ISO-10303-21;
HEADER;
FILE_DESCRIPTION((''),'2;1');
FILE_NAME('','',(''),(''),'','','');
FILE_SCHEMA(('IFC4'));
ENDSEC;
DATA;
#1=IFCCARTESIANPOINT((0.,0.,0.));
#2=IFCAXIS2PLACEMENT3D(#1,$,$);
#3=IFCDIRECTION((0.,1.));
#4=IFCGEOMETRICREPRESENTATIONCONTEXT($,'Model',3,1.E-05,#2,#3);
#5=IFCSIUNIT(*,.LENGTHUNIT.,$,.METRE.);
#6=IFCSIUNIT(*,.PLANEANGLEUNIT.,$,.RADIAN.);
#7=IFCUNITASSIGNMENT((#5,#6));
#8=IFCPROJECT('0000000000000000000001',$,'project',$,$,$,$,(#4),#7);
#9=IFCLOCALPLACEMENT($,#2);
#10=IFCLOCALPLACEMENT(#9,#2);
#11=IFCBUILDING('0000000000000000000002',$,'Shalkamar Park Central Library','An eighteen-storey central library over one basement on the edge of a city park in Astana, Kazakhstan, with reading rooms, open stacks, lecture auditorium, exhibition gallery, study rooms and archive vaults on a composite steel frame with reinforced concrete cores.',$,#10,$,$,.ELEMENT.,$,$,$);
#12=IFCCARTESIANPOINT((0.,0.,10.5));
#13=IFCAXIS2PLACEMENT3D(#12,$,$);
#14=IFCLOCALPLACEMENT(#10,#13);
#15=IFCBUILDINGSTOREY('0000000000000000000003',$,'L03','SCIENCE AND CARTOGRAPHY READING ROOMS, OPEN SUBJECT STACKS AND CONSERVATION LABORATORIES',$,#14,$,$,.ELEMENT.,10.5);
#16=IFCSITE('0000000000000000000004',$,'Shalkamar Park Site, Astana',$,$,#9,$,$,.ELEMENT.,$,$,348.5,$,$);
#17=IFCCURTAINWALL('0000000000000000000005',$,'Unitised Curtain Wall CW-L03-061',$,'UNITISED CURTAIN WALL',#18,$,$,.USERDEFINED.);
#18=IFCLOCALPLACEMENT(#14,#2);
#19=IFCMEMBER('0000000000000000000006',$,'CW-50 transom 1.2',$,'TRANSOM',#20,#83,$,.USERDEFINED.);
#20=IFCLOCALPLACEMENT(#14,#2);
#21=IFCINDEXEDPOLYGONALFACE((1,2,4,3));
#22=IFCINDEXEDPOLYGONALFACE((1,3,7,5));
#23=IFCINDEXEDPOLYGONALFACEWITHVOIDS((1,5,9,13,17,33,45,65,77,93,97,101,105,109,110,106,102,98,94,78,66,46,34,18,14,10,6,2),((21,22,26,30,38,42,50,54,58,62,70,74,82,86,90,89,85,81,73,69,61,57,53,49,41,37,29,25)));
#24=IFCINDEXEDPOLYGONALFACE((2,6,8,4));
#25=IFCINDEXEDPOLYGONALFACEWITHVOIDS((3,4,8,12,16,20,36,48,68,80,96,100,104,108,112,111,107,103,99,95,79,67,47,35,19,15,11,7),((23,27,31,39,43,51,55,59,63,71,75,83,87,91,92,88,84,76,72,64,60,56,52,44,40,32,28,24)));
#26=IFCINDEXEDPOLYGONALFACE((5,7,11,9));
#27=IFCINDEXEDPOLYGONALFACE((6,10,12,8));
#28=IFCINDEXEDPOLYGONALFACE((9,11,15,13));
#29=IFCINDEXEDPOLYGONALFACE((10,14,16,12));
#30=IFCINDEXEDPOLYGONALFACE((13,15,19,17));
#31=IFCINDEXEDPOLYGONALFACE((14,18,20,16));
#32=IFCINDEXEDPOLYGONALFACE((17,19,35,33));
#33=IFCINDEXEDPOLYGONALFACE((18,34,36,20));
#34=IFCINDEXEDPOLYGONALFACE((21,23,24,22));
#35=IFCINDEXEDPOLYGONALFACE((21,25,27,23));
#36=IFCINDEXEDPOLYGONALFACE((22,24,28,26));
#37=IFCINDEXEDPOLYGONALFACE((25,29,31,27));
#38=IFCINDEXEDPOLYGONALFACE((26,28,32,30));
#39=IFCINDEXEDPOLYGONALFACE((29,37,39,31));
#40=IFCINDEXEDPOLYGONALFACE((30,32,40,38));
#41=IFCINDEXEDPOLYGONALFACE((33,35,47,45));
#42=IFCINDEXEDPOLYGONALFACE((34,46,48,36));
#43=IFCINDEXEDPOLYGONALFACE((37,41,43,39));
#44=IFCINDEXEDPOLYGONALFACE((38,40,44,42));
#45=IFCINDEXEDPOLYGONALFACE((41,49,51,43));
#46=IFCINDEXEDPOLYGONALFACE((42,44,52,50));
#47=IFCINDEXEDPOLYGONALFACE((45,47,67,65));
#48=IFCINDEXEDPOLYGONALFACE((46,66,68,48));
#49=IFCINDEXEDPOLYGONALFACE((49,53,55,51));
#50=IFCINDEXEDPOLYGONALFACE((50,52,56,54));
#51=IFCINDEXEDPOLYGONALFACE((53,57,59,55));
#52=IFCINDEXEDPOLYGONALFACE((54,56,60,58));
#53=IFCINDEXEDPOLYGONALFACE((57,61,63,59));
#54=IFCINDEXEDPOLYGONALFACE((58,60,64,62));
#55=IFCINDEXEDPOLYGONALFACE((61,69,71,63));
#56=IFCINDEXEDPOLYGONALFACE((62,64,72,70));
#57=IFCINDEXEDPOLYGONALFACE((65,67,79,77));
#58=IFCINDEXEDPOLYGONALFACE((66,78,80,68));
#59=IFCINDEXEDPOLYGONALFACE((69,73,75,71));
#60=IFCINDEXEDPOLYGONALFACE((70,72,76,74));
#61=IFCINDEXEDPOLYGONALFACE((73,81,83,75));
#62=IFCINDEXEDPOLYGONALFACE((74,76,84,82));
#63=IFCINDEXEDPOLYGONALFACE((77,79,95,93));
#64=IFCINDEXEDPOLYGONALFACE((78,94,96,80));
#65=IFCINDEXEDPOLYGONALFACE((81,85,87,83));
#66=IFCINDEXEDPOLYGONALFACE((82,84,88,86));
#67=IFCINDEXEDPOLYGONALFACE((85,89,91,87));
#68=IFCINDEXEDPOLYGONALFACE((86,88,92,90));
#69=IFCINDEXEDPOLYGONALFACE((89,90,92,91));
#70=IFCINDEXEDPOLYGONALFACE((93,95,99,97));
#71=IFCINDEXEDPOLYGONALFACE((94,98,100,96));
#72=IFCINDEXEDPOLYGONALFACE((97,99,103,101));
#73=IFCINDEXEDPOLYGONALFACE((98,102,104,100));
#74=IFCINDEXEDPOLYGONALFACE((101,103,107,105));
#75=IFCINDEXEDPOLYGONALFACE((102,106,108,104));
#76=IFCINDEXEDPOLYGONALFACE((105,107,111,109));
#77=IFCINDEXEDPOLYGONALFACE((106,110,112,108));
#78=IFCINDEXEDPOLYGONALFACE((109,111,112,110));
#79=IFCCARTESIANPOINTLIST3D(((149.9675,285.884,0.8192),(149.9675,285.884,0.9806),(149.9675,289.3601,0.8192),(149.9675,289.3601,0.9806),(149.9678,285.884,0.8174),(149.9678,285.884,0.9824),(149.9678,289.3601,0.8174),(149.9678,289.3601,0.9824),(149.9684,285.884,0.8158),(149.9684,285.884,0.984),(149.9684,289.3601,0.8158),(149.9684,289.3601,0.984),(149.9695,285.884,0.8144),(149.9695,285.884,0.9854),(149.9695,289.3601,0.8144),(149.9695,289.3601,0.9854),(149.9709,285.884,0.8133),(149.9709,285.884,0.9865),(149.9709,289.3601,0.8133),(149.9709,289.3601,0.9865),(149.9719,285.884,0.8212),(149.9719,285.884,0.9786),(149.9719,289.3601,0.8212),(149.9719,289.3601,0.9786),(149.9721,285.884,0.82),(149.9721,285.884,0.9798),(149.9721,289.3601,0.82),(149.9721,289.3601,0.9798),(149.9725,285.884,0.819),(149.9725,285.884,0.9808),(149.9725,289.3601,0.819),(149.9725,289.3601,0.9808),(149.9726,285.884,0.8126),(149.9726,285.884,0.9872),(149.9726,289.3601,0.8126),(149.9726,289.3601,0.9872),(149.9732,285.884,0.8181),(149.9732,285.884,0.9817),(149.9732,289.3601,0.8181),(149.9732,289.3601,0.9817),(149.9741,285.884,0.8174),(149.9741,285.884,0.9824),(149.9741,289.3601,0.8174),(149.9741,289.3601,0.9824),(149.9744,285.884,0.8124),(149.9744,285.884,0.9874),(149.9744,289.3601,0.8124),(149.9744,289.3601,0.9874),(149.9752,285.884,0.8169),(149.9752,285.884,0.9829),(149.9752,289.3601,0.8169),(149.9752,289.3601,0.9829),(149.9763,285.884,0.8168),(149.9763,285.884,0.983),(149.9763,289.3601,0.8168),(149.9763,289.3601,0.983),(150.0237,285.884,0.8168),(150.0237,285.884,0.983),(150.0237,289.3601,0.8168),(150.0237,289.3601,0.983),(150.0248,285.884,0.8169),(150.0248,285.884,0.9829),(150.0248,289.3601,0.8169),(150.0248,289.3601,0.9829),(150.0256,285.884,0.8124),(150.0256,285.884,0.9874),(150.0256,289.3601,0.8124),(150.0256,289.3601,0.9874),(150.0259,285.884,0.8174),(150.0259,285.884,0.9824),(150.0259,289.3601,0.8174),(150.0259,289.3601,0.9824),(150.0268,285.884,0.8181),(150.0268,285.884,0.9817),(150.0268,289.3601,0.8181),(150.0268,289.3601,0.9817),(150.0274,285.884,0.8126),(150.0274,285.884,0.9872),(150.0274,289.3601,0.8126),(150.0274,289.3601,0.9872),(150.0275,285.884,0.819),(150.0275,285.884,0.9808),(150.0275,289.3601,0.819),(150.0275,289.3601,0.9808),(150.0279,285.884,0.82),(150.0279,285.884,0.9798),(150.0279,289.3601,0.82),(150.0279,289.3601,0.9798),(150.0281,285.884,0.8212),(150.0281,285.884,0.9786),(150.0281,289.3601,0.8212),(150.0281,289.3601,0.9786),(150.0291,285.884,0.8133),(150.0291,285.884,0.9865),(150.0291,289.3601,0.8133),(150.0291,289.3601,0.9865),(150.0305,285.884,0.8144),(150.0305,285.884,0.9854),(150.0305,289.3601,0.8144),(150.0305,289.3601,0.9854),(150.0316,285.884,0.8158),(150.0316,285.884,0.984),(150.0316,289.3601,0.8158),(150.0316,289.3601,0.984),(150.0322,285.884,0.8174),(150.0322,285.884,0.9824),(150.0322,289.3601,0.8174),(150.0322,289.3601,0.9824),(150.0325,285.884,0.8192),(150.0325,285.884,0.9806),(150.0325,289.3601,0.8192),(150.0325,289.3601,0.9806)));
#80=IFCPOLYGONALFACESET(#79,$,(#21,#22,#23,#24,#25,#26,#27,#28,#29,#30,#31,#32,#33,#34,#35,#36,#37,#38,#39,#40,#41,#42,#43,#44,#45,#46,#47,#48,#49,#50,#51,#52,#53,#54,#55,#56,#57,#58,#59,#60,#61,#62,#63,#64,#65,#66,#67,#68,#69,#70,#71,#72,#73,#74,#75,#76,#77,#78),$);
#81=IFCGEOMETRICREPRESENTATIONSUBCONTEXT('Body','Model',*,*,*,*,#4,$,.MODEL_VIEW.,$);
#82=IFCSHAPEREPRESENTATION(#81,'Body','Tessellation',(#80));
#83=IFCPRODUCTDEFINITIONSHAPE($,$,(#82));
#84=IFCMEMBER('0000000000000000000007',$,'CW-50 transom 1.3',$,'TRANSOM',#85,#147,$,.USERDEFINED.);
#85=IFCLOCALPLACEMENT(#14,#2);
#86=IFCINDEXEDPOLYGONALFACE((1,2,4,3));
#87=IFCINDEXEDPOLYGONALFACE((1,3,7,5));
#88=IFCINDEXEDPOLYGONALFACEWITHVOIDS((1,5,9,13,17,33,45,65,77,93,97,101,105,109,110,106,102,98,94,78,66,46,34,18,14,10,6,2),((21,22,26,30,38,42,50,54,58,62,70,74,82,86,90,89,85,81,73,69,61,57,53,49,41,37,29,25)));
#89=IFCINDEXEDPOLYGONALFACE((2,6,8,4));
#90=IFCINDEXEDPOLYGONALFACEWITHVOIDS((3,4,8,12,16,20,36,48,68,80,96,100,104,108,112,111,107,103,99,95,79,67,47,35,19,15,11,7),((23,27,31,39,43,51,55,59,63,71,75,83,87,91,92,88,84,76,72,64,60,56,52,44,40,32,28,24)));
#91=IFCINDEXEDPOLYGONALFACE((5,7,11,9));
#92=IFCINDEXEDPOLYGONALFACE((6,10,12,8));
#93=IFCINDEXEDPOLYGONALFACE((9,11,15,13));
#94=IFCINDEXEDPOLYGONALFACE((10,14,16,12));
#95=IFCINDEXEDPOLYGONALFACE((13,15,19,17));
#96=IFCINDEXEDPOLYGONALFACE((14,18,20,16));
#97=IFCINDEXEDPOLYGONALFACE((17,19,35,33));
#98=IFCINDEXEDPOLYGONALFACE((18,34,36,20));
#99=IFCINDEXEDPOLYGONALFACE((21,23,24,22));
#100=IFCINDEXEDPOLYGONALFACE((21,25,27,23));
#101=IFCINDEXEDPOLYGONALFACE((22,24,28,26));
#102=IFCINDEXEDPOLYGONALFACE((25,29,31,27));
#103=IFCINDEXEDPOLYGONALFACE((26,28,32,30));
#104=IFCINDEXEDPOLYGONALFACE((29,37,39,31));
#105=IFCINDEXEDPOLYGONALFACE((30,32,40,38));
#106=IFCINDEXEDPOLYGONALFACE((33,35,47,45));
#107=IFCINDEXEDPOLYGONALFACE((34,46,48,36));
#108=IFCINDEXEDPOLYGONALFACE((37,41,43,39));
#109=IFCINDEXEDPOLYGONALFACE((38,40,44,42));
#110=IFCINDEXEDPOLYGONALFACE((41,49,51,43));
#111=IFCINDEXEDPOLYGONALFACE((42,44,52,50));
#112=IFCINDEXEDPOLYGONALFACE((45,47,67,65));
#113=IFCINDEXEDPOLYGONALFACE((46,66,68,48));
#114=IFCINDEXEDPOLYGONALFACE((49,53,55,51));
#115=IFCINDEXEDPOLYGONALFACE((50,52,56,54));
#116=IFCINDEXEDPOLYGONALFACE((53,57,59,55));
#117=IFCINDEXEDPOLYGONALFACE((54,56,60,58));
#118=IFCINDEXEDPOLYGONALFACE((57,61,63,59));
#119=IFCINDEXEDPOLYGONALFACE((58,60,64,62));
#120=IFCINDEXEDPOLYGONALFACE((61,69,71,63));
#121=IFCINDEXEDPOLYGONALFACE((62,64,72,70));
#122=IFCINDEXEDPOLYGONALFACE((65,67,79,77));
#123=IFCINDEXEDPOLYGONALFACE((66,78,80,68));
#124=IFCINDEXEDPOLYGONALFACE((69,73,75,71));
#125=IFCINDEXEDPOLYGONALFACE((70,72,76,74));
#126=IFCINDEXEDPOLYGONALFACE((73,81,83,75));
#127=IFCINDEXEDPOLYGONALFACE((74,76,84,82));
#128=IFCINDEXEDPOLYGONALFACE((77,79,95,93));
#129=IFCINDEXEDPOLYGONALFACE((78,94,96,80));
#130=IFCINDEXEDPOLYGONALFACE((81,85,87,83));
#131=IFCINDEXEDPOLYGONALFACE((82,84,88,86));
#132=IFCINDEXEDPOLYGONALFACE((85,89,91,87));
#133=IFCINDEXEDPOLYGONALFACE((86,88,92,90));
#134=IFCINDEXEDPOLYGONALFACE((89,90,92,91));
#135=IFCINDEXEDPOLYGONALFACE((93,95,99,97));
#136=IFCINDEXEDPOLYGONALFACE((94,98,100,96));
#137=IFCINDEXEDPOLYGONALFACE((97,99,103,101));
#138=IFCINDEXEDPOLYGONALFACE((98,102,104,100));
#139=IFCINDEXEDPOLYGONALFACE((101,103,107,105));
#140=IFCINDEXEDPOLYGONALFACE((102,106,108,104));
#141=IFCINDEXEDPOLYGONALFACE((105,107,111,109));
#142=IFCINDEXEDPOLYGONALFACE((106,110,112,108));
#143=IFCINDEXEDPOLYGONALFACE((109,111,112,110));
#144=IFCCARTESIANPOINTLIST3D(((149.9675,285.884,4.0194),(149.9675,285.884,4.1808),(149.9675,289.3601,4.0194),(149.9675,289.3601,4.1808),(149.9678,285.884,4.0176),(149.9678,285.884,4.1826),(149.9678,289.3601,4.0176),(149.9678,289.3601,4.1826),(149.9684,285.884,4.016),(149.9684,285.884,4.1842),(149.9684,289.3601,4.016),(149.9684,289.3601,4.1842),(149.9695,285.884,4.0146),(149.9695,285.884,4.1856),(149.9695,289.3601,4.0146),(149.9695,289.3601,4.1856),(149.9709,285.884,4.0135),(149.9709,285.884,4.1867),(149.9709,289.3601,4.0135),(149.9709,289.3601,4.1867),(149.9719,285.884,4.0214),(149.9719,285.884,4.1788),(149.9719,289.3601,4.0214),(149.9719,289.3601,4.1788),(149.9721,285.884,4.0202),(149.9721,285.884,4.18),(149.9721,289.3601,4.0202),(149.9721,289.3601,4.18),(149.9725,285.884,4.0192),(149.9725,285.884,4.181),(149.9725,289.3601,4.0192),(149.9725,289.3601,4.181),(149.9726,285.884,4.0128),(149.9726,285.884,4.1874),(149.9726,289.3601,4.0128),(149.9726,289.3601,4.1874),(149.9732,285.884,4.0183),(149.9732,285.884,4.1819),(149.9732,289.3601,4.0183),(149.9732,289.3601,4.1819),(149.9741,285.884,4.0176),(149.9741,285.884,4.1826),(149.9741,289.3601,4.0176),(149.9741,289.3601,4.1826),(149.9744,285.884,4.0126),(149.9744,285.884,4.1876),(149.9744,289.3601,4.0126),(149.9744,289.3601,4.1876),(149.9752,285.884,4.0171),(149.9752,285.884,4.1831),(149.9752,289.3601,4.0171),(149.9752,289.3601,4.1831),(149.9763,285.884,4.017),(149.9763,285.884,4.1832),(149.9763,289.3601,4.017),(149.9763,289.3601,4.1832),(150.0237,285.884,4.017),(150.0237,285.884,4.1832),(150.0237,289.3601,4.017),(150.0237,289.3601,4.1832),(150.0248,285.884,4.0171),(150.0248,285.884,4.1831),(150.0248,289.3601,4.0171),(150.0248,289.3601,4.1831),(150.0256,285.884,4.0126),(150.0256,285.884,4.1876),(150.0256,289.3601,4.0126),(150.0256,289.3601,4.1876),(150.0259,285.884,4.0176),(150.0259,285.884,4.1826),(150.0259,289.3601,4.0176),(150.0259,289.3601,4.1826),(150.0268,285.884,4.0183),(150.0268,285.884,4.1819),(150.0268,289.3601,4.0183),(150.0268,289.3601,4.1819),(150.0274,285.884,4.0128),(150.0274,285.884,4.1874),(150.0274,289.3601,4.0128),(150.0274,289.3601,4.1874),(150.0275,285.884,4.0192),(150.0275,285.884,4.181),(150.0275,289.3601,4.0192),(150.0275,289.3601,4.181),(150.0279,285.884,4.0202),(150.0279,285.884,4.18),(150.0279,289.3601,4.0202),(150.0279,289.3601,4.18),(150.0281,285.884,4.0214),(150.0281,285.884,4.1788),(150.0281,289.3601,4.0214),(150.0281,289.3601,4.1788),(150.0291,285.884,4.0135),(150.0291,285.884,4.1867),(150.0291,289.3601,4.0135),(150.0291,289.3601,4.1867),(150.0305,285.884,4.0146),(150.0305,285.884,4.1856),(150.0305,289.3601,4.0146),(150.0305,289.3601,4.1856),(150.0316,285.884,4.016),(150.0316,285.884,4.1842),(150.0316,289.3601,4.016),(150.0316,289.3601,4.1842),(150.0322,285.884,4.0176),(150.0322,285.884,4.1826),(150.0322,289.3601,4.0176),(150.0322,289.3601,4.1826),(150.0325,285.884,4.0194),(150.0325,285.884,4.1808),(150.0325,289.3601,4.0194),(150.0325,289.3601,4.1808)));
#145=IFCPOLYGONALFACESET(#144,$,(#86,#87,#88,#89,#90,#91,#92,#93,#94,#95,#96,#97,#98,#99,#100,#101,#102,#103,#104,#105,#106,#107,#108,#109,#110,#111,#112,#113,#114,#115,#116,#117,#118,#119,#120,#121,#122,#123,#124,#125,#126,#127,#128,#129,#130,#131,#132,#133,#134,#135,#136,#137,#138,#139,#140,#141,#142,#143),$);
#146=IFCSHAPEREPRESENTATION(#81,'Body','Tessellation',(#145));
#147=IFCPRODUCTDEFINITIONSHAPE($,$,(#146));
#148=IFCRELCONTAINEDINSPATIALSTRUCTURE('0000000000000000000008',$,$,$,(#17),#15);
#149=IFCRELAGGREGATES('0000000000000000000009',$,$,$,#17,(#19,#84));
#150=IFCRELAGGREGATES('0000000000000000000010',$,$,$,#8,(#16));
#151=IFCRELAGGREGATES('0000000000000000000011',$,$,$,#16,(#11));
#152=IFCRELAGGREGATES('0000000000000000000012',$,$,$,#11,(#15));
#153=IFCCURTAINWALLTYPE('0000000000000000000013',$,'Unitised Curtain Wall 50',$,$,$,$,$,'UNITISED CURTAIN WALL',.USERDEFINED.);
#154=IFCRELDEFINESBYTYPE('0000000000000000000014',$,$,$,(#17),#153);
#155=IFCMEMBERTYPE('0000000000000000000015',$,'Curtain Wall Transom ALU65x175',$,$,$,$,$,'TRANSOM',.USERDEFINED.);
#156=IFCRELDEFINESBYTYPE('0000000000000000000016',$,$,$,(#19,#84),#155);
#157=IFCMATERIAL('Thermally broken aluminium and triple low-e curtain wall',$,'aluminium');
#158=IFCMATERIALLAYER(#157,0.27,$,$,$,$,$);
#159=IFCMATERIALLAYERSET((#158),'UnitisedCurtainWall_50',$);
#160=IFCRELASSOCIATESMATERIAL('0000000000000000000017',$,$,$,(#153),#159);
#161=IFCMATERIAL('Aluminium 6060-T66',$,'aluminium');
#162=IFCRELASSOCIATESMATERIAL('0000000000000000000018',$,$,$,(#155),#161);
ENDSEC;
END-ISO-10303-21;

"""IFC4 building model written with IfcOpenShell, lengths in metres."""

from ifc_helpers import new_model, si_unit, direction, frame, origin, origin_2d, place, context, subcontext, project, spatial, hollow_rectangle, extrude, material, layer, layer_set, material_profile, profile_set, type_object, element, aggregate, save


model = new_model("IFC4")

# Units and contexts
model_context = context("Model", 3, precision=1e-05, world=origin(), true_north=direction((0.0, 1.0)))
body_context = subcontext(model_context, "Body", "Model", "MODEL_VIEW")
ifc_project = project(units=[si_unit("LENGTHUNIT", "METRE"), si_unit("PLANEANGLEUNIT", "RADIAN")], contexts=[model_context])

# Site, building, storey
site_placement = place(None, origin())
site = spatial("IfcSite", under=ifc_project, at=site_placement, Name="Shalkamar Park Site, Astana", CompositionType="ELEMENT", RefElevation=348.5)
building_placement = place(site_placement, origin())
building = spatial("IfcBuilding", under=site, at=building_placement, Name="Shalkamar Park Central Library", Description="An eighteen-storey central library over one basement on the edge of a city park in Astana, Kazakhstan, with reading rooms, open stacks, lecture auditorium, exhibition gallery, study rooms and archive vaults on a composite steel frame with reinforced concrete cores.", CompositionType="ELEMENT")
storey_placement = place(building_placement, frame((0.0, 0.0, 10.5)))
storey = spatial("IfcBuildingStorey", under=building, at=storey_placement, Name="L03", Description="SCIENCE AND CARTOGRAPHY READING ROOMS, OPEN SUBJECT STACKS AND CONSERVATION LABORATORIES", CompositionType="ELEMENT", Elevation=10.5)

# Shared definitions
ifc_material_1 = material(Name="Thermally broken aluminium and triple low-e curtain wall", Category="aluminium")
ifc_material_2 = material(Name="Aluminium 6060-T66", Category="aluminium")

# Curtain wall, members
ifc_layer_1 = layer(ifc_material_1, 0.27)
ifc_layer_set_1 = layer_set([ifc_layer_1], Name="UnitisedCurtainWall_50")
curtain_wall_type_1 = type_object("IfcCurtainWallType", Name="Unitised Curtain Wall 50", ElementType="UNITISED CURTAIN WALL", PredefinedType="USERDEFINED", material=ifc_layer_set_1)
curtain_wall_1_placement = place(storey_placement, origin())
curtain_wall_1 = element("IfcCurtainWall", 1, at=curtain_wall_1_placement, inside=storey, type_object=curtain_wall_type_1, Name="Unitised Curtain Wall CW-L03-061", ObjectType="UNITISED CURTAIN WALL", PredefinedType="USERDEFINED")
ifc_material_profile_1 = material_profile(ifc_material_2, hollow_rectangle(XDim=0.0649, YDim=0.175, WallThickness=0.0044, InnerFilletRadius=0.0044, OuterFilletRadius=0.0068, at=origin_2d()), Name="ALU 65x175x4.5")
ifc_profile_set_1 = profile_set([ifc_material_profile_1], Name="Aluminium 6060-T66")
member_type_1 = type_object("IfcMemberType", Name="Curtain Wall Transom ALU65x175", ElementType="TRANSOM", PredefinedType="USERDEFINED", material=ifc_profile_set_1)
member_1_placement = place(storey_placement, frame((150.0, 285.884, 0.8999), z_axis=(0.0, 1.0, 0.0), x_axis=(-1.0, 0.0, 0.0)))
member_1 = element("IfcMember", 2, at=member_1_placement, type_object=member_type_1, Name="CW-50 transom 1.2", ObjectType="TRANSOM", PredefinedType="USERDEFINED", context=body_context, shape_type="SweptSolid", body=[
    extrude(hollow_rectangle(XDim=0.0649, YDim=0.175, WallThickness=0.0044, InnerFilletRadius=0.0044, OuterFilletRadius=0.0068, at=origin_2d()), origin(), (0.0, 0.0, 1.0), 3.4761),
])
member_2_placement = place(storey_placement, frame((150.0, 285.884, 4.1001), z_axis=(0.0, 1.0, 0.0), x_axis=(-1.0, 0.0, 0.0)))
member_2 = element("IfcMember", 3, at=member_2_placement, type_object=member_type_1, Name="CW-50 transom 1.3", ObjectType="TRANSOM", PredefinedType="USERDEFINED", context=body_context, shape_type="SweptSolid", body=[
    extrude(hollow_rectangle(XDim=0.0649, YDim=0.175, WallThickness=0.0044, InnerFilletRadius=0.0044, OuterFilletRadius=0.0068, at=origin_2d()), origin(), (0.0, 0.0, 1.0), 3.4761),
])

aggregate(curtain_wall_1, [member_1, member_2])

save(model, "model.ifc")
